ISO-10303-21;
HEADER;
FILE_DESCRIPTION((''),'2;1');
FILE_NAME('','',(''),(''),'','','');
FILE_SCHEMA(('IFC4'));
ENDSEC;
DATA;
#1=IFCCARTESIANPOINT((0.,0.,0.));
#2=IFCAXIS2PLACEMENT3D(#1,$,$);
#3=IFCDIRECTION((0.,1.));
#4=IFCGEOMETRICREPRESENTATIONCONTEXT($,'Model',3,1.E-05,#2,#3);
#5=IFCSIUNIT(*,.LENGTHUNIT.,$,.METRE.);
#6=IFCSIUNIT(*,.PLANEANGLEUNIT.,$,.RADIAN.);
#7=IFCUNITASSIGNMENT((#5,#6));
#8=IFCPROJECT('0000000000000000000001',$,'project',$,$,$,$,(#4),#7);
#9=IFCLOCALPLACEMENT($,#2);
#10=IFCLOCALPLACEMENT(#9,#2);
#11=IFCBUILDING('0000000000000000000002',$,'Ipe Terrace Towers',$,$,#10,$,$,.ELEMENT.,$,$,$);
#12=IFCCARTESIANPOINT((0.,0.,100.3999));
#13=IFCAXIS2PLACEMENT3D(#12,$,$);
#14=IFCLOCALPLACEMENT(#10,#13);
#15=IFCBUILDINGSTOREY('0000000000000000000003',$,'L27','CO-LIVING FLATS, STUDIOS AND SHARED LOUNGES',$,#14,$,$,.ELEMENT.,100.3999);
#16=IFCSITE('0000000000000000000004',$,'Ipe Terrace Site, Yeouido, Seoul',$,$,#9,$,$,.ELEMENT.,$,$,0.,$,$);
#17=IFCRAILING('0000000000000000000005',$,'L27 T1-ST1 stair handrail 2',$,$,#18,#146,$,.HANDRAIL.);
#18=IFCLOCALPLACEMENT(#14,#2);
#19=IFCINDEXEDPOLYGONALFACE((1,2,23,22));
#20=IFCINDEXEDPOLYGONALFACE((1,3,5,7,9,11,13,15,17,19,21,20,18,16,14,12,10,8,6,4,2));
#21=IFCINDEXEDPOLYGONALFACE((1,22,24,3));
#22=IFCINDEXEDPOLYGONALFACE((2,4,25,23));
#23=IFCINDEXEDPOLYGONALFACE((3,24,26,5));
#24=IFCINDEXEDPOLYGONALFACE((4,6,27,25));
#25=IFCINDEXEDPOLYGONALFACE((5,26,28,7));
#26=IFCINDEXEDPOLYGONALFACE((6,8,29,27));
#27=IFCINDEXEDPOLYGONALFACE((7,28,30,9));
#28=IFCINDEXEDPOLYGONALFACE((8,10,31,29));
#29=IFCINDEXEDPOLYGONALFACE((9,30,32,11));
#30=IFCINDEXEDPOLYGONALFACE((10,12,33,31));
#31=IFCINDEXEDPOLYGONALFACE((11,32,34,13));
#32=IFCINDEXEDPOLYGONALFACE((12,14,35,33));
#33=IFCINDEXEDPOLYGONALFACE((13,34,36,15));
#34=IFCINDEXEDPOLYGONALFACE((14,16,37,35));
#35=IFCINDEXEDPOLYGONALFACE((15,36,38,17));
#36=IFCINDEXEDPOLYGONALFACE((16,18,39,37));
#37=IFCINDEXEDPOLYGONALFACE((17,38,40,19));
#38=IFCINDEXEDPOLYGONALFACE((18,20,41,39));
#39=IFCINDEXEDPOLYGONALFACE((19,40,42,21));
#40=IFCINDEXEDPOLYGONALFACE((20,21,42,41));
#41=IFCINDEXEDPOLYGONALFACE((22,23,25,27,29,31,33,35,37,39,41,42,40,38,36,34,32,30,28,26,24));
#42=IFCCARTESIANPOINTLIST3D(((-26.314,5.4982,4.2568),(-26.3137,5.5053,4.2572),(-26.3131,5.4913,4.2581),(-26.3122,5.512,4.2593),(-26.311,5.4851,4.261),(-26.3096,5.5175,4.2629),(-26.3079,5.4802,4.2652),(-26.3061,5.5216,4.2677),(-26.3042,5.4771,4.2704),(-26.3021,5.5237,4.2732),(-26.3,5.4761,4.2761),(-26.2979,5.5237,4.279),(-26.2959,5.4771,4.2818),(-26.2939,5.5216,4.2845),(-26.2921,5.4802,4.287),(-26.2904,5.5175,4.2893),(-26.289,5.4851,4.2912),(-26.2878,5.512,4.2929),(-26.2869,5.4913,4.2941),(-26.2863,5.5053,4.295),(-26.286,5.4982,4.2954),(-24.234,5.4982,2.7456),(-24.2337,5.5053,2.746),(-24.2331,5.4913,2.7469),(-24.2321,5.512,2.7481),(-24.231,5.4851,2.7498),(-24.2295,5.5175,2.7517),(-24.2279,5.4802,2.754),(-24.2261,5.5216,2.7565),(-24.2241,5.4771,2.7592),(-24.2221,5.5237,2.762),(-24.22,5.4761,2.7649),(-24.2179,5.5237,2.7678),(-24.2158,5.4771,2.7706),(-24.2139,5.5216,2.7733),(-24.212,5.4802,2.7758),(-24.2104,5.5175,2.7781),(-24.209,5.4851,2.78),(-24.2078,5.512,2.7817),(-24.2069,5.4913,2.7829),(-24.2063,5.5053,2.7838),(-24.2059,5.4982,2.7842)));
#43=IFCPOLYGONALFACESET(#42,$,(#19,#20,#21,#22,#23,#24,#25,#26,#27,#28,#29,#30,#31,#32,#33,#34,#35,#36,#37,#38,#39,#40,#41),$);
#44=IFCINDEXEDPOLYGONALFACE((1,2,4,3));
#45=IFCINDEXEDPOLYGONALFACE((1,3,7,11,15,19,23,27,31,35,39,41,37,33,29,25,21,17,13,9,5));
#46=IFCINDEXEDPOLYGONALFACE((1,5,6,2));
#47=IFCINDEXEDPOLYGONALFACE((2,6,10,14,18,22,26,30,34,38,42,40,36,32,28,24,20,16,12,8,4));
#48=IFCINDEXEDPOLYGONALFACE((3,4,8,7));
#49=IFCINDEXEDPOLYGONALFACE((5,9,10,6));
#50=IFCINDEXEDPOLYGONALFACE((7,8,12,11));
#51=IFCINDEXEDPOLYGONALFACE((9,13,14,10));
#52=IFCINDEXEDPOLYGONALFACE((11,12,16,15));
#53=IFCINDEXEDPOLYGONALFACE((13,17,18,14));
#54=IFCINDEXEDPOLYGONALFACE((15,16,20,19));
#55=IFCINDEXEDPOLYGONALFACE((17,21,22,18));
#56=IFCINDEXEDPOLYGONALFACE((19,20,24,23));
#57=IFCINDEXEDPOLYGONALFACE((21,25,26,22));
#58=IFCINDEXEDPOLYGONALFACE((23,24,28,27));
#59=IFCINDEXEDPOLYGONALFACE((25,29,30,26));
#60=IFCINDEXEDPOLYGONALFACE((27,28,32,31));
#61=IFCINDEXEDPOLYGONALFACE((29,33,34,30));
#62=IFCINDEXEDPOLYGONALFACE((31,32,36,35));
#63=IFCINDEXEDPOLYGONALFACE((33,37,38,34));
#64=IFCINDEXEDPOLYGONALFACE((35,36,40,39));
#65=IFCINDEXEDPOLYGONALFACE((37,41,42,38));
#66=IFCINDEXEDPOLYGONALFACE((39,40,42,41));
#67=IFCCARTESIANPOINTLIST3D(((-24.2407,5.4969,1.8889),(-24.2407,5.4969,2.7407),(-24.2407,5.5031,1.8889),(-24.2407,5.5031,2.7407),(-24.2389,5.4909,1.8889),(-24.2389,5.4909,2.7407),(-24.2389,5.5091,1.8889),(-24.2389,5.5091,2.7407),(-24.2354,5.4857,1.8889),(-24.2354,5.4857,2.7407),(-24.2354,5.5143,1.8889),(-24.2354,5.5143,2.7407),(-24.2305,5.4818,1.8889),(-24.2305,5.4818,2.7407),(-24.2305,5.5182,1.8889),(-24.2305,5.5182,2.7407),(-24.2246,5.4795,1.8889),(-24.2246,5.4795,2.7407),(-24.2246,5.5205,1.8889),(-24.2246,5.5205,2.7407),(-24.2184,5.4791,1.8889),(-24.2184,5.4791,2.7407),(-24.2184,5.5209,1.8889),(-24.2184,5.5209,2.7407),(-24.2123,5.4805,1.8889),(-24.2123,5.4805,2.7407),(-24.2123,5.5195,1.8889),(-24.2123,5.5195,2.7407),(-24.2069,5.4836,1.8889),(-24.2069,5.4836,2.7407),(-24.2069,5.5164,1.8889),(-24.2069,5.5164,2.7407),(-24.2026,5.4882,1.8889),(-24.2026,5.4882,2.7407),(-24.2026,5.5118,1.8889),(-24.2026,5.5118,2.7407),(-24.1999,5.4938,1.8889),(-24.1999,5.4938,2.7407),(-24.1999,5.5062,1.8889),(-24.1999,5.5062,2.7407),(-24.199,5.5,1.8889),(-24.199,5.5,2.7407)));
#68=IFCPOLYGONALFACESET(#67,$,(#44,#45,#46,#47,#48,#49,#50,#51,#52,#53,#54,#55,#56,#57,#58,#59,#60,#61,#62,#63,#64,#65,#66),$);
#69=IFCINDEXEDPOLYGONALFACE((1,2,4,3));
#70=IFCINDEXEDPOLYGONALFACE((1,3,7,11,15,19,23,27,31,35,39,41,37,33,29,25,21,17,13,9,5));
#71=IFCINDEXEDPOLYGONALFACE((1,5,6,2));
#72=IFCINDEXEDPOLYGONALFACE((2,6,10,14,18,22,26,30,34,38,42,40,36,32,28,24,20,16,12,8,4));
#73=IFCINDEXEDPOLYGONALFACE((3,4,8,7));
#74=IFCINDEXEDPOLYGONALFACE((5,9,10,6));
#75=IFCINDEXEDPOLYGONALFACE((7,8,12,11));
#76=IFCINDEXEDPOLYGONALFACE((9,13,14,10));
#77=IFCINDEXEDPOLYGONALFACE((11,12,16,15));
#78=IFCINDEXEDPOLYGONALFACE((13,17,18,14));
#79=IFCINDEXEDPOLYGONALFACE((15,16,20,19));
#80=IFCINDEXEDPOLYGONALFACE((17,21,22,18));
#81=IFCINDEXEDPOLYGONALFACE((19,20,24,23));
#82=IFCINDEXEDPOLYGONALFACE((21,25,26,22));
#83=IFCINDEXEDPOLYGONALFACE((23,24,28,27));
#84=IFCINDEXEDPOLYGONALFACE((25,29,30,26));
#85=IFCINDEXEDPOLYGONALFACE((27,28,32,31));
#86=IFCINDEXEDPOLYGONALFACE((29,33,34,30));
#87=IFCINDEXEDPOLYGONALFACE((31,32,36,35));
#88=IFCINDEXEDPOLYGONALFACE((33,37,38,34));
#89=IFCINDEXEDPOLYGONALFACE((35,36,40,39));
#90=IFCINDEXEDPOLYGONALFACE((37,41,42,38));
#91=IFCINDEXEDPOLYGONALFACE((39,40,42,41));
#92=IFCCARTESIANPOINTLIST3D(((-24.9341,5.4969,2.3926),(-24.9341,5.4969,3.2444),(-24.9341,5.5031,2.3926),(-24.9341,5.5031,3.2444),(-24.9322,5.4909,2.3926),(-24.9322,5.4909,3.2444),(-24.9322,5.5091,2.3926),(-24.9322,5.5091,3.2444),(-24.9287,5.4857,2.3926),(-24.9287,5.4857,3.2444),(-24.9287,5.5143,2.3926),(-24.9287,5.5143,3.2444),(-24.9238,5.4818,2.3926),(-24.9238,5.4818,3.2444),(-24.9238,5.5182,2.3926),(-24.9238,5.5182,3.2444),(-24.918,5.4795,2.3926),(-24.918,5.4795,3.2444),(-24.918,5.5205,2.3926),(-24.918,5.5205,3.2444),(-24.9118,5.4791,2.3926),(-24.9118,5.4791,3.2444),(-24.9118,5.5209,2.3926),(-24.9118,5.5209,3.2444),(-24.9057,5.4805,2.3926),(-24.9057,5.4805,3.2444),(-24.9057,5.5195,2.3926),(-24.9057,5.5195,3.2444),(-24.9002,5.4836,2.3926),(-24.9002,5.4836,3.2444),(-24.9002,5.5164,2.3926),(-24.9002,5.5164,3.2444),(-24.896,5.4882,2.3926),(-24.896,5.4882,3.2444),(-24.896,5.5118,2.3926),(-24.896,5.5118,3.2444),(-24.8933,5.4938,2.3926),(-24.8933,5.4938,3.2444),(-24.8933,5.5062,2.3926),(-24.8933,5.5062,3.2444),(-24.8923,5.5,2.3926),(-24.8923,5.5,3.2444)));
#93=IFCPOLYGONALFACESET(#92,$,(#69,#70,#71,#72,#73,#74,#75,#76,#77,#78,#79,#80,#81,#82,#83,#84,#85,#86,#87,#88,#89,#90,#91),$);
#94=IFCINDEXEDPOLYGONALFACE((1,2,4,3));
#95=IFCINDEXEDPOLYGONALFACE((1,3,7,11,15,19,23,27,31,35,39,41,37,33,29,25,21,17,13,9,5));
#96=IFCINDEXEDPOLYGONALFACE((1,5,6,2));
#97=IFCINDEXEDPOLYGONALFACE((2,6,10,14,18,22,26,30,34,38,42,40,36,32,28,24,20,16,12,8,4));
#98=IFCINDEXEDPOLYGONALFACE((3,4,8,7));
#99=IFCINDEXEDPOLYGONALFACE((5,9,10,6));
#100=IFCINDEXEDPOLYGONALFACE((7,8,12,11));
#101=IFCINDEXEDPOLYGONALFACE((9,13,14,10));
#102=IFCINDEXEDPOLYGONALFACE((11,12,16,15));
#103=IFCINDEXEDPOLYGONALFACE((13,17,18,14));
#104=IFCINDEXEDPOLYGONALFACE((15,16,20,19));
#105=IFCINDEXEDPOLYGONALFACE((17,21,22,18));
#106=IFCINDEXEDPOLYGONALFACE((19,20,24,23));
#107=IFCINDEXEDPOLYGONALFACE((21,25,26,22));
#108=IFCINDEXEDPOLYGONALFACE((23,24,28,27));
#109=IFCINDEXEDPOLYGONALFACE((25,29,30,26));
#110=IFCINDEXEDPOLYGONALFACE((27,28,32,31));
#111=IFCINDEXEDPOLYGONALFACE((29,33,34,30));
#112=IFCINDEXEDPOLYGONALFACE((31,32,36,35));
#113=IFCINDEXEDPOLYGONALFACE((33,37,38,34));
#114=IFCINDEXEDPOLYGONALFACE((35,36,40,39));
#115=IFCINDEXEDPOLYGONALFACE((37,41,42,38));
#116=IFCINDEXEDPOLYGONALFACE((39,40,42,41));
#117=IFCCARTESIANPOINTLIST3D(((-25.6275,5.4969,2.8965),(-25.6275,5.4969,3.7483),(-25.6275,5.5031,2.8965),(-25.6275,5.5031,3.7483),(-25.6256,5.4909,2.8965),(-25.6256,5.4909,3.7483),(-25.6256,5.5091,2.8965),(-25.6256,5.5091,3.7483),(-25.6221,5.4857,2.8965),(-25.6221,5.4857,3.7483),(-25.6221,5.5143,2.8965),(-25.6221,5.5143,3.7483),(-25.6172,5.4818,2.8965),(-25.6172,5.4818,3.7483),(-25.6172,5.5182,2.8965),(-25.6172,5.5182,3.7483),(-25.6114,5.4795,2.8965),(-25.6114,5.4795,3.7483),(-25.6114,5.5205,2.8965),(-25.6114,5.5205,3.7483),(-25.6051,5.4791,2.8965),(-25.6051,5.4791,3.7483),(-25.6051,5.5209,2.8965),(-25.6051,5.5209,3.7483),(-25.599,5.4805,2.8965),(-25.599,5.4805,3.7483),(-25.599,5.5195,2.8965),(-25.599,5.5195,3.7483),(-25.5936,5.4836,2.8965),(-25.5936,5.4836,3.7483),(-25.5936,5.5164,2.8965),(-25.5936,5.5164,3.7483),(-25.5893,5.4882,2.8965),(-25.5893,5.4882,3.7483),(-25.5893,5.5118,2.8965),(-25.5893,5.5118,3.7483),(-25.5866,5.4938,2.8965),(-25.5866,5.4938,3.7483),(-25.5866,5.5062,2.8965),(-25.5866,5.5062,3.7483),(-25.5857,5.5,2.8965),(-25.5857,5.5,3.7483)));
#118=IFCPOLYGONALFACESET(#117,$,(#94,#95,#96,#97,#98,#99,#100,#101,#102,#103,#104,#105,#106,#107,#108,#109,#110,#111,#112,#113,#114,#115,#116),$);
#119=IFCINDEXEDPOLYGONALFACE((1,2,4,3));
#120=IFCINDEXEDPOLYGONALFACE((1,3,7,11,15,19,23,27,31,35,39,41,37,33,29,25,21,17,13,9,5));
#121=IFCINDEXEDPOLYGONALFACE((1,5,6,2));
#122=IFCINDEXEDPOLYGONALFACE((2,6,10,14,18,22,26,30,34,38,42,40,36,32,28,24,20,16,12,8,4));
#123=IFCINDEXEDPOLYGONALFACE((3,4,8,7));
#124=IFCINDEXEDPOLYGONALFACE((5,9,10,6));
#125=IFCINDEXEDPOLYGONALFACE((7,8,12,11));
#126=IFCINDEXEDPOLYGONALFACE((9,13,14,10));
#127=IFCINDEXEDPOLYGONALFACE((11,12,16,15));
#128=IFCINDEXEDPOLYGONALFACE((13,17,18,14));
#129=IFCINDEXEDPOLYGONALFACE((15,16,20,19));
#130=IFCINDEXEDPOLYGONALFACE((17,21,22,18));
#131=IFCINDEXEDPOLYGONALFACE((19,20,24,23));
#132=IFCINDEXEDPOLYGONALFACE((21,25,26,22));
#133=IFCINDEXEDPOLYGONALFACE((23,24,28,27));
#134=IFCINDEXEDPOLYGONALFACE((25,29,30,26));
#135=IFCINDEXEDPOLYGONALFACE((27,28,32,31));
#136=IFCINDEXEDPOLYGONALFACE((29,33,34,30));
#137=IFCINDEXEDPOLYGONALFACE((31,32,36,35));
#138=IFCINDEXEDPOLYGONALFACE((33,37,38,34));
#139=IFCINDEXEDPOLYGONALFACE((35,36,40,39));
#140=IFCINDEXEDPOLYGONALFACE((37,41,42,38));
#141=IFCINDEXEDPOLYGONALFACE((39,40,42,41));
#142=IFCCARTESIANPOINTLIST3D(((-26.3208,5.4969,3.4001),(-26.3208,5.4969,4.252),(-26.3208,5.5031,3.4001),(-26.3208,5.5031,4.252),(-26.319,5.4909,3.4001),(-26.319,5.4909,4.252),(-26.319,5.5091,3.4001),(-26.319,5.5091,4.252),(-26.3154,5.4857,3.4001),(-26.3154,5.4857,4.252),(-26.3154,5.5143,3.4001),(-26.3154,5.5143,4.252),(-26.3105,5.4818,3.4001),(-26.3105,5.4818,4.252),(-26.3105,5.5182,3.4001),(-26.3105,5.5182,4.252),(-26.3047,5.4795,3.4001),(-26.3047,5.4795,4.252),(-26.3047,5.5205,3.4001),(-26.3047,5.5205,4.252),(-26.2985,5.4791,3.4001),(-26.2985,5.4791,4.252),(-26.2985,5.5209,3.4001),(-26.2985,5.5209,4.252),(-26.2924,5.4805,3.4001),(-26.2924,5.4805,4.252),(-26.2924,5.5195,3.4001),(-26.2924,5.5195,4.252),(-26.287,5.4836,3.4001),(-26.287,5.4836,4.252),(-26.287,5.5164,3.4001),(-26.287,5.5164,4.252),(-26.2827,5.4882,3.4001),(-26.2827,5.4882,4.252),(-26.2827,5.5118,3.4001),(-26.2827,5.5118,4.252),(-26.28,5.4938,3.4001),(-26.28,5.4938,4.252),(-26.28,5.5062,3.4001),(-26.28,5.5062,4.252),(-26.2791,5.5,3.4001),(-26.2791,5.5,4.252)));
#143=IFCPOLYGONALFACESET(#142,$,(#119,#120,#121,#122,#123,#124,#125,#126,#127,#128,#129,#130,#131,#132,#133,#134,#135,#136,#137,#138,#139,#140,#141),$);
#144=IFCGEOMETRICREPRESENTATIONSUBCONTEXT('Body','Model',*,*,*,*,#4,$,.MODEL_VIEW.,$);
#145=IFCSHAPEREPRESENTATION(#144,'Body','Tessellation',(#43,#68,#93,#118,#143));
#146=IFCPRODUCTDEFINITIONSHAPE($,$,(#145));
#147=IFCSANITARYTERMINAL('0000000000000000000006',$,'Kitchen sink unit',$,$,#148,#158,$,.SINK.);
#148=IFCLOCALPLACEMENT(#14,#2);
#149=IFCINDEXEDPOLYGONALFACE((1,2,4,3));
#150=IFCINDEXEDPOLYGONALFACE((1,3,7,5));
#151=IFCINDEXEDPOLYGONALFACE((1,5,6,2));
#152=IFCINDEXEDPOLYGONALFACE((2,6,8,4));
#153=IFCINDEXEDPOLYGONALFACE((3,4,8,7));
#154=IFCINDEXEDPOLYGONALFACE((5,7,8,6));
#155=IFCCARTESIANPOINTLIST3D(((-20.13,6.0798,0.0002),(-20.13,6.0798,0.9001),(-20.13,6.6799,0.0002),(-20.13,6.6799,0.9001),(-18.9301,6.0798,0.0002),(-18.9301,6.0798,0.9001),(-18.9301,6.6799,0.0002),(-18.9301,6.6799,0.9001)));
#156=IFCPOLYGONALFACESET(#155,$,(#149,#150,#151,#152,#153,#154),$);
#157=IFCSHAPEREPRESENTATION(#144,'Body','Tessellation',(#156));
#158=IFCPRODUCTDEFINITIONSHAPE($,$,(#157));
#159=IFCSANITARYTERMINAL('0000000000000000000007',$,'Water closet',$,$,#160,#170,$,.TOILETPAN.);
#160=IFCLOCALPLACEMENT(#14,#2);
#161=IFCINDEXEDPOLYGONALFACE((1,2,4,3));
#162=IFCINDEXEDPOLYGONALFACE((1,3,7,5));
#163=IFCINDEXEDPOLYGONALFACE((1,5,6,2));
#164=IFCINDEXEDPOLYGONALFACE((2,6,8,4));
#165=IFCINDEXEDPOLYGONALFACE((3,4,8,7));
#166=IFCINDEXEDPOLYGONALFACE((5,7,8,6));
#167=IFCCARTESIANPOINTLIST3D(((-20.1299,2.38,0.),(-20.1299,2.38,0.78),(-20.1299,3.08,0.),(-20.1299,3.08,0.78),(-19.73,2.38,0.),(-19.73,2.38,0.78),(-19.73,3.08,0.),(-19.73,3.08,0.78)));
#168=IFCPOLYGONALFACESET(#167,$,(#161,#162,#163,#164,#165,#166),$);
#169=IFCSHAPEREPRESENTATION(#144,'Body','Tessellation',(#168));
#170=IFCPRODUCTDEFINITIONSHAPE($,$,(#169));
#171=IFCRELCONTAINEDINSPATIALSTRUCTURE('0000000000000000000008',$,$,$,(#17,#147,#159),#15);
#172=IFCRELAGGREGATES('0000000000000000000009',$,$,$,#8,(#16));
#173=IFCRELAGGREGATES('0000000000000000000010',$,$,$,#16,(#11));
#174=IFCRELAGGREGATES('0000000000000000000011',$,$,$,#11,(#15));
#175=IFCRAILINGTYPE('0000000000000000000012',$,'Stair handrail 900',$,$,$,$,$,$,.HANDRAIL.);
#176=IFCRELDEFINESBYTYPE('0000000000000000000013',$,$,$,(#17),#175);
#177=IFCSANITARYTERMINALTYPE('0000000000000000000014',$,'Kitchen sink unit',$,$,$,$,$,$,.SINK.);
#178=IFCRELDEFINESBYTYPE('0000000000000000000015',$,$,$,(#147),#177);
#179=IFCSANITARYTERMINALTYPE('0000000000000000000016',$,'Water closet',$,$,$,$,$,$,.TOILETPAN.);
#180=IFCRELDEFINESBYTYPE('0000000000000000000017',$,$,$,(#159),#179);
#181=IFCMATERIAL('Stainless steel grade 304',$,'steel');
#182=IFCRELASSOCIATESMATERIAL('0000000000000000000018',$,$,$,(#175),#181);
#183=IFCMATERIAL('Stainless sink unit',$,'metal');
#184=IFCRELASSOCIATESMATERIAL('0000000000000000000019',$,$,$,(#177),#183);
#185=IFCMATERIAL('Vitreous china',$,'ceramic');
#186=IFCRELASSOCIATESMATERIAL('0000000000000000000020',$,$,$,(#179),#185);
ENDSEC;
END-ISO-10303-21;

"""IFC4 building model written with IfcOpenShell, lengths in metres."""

from ifc_helpers import new_model, si_unit, direction, frame, origin, origin_2d, place, context, subcontext, project, spatial, rectangle, circle, extrude, material, type_object, element, save


model = new_model("IFC4")

# Units and contexts
model_context = context("Model", 3, precision=1e-05, world=origin(), true_north=direction((0.0, 1.0)))
body_context = subcontext(model_context, "Body", "Model", "MODEL_VIEW")
ifc_project = project(units=[si_unit("LENGTHUNIT", "METRE"), si_unit("PLANEANGLEUNIT", "RADIAN")], contexts=[model_context])

# Site, building, storey
site_placement = place(None, origin())
site = spatial("IfcSite", under=ifc_project, at=site_placement, Name="Ipe Terrace Site, Yeouido, Seoul", CompositionType="ELEMENT", RefElevation=0.0)
building_placement = place(site_placement, origin())
building = spatial("IfcBuilding", under=site, at=building_placement, Name="Ipe Terrace Towers", CompositionType="ELEMENT")
storey_placement = place(building_placement, frame((0.0, 0.0, 100.3999)))
storey = spatial("IfcBuildingStorey", under=building, at=storey_placement, Name="L27", Description="CO-LIVING FLATS, STUDIOS AND SHARED LOUNGES", CompositionType="ELEMENT", Elevation=100.3999)

# Railing
ifc_material_1 = material(Name="Stainless steel grade 304", Category="steel")
railing_type = type_object("IfcRailingType", Name="Stair handrail 900", PredefinedType="HANDRAIL", material=ifc_material_1)
railing_placement = place(storey_placement, frame((-24.22, 5.5, 1.8889)))
element("IfcRailing", 1, at=railing_placement, inside=storey, type_object=railing_type, Name="L27 T1-ST1 stair handrail 2", PredefinedType="HANDRAIL", context=body_context, shape_type="SweptSolid", body=[
    extrude(circle(Radius=0.0239, at=origin_2d()), frame((0.0, 0.0, 0.876), z_axis=(-0.809023, 0.0, 0.587776), x_axis=(0.0, -1.0, 0.0)), (0.0, 0.0, 1.0), 2.571),
    extrude(circle(Radius=0.021, at=origin_2d()), origin(), (0.0, 0.0, 1.0), 0.8518),
    extrude(circle(Radius=0.021, at=origin_2d()), frame((-0.6934, 0.0, 0.5037)), (0.0, 0.0, 1.0), 0.8518),
    extrude(circle(Radius=0.021, at=origin_2d()), frame((-1.3867, 0.0, 1.0076)), (0.0, 0.0, 1.0), 0.8518),
    extrude(circle(Radius=0.021, at=origin_2d()), frame((-2.0801, 0.0, 1.5112)), (0.0, 0.0, 1.0), 0.8518),
])

# Sanitary terminals
ifc_material_2 = material(Name="Stainless sink unit", Category="metal")
sanitary_terminal_type_1 = type_object("IfcSanitaryTerminalType", Name="Kitchen sink unit", PredefinedType="SINK", material=ifc_material_2)
sanitary_terminal_1_placement = place(storey_placement, frame((-19.53, 6.3799, 0.0002), z_axis=(0.0, 0.0, 1.0), x_axis=(1.0, 0.0, 0.0)))
element("IfcSanitaryTerminal", 2, at=sanitary_terminal_1_placement, inside=storey, type_object=sanitary_terminal_type_1, Name="Kitchen sink unit", PredefinedType="SINK", context=body_context, shape_type="SweptSolid", body=[
    extrude(rectangle(XDim=1.2, YDim=0.6001, at=origin_2d()), origin(), (0.0, 0.0, 1.0), 0.8999),
])
ifc_material_3 = material(Name="Vitreous china", Category="ceramic")
sanitary_terminal_type_2 = type_object("IfcSanitaryTerminalType", Name="Water closet", PredefinedType="TOILETPAN", material=ifc_material_3)
sanitary_terminal_2_placement = place(storey_placement, frame((-19.9299, 2.73, 0.0), z_axis=(0.0, 0.0, 1.0), x_axis=(0.0, -1.0, 0.0)))
element("IfcSanitaryTerminal", 3, at=sanitary_terminal_2_placement, inside=storey, type_object=sanitary_terminal_type_2, Name="Water closet", PredefinedType="TOILETPAN", context=body_context, shape_type="SweptSolid", body=[
    extrude(rectangle(XDim=0.7, YDim=0.3999, at=origin_2d()), origin(), (0.0, 0.0, 1.0), 0.78),
])

save(model, "model.ifc")
